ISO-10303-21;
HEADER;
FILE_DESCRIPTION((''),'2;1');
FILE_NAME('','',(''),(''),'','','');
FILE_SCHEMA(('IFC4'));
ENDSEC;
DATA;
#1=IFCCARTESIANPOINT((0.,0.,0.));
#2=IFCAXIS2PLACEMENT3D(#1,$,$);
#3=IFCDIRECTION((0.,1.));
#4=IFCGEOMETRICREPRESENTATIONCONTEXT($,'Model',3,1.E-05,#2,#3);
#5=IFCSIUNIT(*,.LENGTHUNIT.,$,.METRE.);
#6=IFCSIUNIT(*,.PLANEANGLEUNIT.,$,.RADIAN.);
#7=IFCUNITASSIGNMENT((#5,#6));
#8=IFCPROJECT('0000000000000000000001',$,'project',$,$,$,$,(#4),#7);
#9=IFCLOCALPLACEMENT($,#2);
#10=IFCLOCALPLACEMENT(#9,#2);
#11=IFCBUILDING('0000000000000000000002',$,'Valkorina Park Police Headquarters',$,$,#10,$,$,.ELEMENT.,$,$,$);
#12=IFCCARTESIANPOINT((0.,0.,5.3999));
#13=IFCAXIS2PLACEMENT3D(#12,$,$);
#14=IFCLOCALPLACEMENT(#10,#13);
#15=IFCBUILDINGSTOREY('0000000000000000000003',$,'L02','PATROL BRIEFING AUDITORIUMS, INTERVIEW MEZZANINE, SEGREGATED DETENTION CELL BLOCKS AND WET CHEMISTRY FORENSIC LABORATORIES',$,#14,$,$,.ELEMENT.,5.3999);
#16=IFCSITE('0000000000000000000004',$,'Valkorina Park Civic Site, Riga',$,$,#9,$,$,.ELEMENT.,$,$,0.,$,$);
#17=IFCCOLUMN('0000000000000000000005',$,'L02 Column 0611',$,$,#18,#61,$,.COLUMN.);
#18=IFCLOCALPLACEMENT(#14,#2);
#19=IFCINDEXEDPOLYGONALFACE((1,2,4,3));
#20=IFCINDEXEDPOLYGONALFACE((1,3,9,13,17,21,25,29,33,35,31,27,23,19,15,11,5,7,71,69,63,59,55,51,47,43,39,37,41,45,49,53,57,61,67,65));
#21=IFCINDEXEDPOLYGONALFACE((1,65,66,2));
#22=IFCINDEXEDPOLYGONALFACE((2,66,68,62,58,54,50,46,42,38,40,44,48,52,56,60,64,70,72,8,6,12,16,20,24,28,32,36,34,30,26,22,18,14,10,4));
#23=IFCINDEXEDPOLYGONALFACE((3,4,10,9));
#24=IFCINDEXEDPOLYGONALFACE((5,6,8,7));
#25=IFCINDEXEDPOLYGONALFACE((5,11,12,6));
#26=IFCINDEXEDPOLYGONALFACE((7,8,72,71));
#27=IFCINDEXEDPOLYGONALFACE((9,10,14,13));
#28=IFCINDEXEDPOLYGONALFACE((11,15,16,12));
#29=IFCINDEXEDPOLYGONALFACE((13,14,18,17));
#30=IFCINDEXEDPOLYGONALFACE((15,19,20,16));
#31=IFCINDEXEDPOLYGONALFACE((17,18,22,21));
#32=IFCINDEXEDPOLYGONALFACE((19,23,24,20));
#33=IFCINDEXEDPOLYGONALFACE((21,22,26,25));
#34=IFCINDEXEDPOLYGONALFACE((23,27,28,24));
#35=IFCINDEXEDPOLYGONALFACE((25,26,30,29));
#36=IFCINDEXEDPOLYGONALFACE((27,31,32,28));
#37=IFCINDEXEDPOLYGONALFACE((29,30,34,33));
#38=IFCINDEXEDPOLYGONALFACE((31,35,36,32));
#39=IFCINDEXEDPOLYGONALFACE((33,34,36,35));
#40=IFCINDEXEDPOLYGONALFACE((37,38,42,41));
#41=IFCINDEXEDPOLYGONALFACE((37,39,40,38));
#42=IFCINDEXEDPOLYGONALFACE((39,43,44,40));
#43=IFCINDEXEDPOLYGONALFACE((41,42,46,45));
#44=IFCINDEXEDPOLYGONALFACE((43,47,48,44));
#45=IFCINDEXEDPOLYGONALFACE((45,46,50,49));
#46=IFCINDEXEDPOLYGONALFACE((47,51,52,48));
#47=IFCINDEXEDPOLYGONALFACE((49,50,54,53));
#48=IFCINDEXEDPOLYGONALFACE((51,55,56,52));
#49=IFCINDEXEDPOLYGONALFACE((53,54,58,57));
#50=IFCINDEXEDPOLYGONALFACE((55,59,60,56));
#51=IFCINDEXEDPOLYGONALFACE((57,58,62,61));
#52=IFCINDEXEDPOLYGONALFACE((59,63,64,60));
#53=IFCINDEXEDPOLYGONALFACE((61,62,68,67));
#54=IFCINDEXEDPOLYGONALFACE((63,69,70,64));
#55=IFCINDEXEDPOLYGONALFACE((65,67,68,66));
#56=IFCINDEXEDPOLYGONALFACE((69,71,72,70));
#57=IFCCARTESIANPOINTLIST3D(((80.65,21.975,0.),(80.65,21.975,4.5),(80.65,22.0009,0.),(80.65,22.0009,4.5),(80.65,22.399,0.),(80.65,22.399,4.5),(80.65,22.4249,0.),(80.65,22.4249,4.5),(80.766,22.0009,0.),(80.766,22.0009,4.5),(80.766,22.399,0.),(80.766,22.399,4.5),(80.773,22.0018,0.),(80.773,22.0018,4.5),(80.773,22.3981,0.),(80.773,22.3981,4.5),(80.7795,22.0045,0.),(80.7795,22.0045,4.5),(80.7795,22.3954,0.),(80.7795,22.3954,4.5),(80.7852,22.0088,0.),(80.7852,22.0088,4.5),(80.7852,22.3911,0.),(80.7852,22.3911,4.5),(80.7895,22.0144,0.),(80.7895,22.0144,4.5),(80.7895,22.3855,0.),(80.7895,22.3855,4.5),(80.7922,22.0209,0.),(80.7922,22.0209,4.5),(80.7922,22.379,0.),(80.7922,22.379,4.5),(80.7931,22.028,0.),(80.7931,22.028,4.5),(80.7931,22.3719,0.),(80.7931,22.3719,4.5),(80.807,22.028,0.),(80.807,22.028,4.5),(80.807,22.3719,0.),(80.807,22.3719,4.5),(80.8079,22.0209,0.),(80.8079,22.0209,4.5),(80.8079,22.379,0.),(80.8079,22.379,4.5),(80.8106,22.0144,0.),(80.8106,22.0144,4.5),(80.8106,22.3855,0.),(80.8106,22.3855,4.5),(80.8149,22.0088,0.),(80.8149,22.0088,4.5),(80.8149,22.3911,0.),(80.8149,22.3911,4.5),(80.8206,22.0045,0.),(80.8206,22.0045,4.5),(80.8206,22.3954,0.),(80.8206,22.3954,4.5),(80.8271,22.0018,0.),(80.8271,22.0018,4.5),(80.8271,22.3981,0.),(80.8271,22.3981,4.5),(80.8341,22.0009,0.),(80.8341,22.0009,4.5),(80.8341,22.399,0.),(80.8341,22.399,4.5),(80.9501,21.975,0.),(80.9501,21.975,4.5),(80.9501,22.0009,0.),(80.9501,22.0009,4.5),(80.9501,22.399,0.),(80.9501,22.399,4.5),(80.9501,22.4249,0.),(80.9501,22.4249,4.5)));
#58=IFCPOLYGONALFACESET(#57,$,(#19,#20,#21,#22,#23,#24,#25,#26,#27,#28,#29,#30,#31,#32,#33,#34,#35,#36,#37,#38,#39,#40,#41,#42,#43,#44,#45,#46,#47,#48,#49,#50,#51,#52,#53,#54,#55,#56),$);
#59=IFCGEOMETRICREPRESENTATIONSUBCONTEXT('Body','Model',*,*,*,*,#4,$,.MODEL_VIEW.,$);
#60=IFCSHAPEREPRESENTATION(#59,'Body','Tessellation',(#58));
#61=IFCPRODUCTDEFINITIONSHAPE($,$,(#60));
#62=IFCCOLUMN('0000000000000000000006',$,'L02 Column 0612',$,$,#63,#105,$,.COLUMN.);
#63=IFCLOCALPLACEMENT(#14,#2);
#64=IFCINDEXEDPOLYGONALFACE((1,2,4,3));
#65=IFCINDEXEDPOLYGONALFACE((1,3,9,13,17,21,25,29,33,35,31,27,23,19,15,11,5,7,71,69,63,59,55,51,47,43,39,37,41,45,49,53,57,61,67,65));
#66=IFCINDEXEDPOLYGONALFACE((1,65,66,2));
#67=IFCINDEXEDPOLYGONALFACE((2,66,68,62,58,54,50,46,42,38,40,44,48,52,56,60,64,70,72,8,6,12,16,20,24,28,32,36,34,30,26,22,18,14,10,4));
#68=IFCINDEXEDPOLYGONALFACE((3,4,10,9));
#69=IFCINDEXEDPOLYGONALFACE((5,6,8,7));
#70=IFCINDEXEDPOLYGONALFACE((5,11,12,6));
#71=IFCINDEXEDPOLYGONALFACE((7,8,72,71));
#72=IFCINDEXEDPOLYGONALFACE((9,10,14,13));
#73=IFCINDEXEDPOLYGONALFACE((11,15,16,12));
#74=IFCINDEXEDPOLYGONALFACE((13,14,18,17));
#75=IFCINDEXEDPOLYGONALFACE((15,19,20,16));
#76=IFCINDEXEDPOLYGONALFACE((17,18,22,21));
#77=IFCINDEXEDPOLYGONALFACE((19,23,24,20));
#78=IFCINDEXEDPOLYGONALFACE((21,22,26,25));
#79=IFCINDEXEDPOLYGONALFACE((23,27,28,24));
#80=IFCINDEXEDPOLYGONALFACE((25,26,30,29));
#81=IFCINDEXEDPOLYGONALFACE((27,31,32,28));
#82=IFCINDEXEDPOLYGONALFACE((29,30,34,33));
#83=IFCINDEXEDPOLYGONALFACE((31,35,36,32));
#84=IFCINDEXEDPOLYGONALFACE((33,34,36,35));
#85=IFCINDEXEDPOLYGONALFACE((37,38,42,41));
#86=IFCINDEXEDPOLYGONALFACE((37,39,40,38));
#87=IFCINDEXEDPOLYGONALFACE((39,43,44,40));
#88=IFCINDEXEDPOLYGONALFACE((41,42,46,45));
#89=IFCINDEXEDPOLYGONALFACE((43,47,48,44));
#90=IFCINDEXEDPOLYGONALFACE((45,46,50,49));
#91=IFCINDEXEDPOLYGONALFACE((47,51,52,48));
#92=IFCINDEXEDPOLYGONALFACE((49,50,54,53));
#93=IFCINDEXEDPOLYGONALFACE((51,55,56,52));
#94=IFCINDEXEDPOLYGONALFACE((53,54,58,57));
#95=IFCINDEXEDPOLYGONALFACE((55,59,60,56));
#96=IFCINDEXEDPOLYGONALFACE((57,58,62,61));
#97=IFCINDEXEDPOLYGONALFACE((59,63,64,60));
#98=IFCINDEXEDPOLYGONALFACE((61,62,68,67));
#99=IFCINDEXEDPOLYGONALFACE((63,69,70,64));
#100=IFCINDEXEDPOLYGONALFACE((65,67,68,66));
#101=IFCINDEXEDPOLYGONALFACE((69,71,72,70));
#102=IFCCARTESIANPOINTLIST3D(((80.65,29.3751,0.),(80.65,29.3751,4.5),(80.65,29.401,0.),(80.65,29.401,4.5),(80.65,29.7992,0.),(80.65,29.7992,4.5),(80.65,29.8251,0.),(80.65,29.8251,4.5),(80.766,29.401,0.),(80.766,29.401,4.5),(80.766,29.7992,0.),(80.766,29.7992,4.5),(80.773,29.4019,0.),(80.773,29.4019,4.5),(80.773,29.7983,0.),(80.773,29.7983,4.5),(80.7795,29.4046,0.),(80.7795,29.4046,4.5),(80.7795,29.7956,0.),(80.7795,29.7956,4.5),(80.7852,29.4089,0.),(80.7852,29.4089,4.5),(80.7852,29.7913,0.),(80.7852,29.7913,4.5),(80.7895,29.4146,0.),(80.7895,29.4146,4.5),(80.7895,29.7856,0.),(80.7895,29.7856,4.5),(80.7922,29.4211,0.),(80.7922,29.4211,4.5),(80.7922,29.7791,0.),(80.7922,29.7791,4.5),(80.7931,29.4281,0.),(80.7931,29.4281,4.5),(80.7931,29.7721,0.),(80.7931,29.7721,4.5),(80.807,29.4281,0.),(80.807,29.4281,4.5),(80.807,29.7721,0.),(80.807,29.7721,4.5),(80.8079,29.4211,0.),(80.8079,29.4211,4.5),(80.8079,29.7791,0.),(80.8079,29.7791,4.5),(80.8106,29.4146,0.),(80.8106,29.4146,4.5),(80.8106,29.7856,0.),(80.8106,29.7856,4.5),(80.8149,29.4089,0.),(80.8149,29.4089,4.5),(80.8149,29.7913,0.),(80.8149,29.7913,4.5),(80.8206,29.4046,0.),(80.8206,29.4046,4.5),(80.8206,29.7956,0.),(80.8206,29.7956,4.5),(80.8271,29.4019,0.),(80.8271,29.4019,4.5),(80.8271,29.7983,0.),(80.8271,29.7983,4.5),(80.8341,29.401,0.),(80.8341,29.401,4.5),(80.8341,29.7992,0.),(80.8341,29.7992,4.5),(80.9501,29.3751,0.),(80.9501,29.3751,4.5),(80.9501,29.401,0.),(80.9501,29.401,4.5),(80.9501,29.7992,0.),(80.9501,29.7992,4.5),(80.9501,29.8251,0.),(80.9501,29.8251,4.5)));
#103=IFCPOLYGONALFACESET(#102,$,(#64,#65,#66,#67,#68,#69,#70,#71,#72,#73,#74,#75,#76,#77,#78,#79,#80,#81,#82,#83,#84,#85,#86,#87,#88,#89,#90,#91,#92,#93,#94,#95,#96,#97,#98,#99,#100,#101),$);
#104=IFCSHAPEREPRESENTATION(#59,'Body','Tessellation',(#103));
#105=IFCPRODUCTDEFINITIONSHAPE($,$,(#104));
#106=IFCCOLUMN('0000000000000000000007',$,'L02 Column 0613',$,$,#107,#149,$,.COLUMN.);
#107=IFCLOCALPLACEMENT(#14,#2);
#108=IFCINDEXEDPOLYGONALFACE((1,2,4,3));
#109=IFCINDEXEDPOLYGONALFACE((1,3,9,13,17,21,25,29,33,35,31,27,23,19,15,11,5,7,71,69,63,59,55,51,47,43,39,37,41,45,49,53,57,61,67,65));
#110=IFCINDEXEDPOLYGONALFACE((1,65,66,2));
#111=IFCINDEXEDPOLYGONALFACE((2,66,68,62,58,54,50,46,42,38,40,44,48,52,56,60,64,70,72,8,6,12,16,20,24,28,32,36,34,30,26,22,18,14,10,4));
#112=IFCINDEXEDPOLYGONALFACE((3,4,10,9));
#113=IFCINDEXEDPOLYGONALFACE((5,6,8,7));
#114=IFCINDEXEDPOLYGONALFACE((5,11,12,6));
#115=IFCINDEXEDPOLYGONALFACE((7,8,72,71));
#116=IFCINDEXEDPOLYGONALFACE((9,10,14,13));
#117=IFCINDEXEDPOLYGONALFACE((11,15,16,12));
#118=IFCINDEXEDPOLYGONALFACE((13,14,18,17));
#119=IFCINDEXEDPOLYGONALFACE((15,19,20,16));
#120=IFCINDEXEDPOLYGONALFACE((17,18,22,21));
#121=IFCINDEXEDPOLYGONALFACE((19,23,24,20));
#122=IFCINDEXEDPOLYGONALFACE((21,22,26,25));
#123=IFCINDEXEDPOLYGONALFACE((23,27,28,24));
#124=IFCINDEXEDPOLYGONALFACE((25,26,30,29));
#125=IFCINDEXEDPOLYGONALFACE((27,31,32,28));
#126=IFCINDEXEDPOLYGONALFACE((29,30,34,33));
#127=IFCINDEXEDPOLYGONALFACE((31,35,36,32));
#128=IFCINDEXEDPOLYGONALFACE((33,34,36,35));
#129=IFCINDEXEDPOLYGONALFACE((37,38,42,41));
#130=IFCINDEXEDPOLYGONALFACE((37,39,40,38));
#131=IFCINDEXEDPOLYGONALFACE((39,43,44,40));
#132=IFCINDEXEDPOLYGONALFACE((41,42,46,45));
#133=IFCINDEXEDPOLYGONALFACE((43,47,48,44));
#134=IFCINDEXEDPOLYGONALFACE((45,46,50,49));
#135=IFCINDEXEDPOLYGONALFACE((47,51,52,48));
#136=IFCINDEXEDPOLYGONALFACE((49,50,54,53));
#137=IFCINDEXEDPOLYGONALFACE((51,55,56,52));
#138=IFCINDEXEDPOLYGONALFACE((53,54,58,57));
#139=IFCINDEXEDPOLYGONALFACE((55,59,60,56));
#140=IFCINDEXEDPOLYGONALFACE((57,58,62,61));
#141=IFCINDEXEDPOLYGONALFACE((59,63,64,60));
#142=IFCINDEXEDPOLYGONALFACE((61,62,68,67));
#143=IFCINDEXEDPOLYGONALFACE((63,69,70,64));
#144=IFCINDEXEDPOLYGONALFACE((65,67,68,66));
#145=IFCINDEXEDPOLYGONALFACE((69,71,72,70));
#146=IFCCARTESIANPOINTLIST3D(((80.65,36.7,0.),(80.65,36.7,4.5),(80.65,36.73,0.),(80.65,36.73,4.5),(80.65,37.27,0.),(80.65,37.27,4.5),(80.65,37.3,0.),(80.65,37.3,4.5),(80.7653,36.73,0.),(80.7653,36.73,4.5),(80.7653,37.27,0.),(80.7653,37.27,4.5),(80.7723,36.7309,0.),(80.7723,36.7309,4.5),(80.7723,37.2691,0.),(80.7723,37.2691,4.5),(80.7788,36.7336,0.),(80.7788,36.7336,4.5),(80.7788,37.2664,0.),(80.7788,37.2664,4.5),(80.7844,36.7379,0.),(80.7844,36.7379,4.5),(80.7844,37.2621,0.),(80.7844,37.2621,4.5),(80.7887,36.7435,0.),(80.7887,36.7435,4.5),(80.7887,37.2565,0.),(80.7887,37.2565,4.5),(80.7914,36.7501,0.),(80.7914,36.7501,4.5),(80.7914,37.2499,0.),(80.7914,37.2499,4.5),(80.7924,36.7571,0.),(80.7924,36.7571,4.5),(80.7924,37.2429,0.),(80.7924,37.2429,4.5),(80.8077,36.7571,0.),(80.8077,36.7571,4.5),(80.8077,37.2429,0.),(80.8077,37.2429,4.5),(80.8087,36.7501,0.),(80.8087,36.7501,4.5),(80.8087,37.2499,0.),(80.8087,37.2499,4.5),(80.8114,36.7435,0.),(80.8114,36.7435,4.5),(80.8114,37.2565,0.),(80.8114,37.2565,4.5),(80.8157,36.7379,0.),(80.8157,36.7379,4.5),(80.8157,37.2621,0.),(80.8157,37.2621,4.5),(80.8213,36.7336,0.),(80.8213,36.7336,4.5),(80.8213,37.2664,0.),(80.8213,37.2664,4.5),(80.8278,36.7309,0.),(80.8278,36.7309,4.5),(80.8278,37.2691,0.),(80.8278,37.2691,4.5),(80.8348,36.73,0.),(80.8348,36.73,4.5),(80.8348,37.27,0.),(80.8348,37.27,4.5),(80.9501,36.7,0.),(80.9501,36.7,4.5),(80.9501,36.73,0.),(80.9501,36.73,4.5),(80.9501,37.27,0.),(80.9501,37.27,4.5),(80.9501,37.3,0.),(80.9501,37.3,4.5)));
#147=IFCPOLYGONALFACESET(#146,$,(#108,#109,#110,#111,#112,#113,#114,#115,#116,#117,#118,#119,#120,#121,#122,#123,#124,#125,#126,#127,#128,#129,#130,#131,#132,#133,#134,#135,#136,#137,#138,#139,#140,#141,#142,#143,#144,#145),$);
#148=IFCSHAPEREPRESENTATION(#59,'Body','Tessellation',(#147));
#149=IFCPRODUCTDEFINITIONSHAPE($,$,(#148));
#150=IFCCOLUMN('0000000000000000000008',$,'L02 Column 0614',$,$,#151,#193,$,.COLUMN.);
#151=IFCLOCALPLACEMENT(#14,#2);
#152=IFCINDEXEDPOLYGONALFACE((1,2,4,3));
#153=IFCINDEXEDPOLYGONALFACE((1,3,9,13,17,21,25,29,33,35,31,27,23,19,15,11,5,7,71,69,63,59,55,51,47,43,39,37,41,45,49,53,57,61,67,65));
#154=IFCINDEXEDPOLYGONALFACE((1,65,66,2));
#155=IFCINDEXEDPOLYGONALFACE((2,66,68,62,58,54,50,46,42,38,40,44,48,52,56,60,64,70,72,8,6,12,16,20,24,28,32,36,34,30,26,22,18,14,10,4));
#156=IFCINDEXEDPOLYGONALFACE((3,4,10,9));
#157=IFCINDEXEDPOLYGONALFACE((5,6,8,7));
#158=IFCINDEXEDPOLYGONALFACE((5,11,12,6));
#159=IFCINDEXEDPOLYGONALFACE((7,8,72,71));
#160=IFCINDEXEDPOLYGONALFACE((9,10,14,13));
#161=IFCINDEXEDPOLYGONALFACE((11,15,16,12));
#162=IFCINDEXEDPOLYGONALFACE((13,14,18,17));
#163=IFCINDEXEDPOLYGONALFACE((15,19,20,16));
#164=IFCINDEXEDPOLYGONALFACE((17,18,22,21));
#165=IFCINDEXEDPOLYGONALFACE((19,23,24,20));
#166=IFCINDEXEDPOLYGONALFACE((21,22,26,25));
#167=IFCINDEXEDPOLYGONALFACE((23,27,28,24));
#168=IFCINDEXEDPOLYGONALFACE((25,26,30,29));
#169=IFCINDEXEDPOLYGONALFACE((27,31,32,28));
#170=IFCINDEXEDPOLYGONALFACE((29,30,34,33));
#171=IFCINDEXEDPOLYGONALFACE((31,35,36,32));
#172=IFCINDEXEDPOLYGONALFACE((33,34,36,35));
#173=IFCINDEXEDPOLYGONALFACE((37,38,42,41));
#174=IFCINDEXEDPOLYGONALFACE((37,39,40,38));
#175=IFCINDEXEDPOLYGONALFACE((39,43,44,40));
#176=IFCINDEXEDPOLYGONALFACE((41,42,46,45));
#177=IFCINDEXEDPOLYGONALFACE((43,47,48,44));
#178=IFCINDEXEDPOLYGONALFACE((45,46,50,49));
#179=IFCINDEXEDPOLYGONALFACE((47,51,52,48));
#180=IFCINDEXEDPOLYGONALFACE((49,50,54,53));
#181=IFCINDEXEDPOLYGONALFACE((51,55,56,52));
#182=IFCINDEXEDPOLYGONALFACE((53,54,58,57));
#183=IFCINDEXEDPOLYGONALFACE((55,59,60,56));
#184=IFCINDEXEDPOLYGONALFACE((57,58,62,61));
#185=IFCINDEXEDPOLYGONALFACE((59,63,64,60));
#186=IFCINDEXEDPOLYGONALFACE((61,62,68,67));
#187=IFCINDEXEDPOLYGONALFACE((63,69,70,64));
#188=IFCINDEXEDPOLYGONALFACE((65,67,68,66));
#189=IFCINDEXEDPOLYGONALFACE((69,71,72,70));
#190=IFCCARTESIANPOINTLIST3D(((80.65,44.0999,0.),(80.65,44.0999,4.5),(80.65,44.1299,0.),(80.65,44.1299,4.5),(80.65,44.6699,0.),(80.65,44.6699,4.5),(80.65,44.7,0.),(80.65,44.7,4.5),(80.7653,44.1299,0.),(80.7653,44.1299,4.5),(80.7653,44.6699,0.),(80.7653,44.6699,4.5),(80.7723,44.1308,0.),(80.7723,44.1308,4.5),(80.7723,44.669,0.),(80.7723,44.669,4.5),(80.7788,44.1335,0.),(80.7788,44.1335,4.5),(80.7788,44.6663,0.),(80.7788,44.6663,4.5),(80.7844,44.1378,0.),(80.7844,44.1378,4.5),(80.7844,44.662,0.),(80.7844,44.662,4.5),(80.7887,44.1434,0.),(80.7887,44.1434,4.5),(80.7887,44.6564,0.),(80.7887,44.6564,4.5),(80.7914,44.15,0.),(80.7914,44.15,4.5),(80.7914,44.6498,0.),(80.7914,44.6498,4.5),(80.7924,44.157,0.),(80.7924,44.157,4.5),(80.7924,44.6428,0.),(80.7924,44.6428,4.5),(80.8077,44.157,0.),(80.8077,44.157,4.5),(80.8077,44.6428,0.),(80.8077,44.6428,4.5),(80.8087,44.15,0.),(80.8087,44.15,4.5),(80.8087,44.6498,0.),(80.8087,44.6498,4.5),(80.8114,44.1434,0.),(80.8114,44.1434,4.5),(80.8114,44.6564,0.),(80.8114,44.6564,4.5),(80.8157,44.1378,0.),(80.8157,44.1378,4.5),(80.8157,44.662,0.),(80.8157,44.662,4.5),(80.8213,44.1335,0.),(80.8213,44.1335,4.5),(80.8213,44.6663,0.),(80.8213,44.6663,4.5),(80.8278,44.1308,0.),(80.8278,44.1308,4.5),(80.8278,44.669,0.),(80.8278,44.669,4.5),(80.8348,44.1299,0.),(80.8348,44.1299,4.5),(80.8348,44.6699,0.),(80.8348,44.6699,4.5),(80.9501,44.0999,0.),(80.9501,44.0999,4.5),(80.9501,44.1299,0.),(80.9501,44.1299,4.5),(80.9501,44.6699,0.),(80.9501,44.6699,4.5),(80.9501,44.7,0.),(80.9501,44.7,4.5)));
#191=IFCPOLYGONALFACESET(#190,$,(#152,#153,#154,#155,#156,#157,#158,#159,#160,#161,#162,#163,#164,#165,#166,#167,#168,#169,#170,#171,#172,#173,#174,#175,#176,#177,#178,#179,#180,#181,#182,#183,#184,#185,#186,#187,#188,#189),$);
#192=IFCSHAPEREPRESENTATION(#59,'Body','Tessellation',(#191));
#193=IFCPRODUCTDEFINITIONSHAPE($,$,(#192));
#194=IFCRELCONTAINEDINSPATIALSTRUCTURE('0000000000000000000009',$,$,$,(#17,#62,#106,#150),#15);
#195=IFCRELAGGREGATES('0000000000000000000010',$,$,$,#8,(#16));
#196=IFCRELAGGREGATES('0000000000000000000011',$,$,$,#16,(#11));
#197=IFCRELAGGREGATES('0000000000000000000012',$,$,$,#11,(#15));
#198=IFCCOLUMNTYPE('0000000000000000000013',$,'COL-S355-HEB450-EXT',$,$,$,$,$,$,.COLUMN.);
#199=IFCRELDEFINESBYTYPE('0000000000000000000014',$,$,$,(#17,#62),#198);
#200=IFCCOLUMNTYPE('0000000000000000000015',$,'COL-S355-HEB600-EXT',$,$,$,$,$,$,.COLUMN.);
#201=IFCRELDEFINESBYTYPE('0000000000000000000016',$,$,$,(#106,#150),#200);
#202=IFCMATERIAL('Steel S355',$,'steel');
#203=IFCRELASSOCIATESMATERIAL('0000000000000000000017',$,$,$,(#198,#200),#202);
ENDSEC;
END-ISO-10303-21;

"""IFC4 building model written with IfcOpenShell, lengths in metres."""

from ifc_helpers import new_model, si_unit, direction, frame, origin, origin_2d, place, context, subcontext, project, spatial, i_section, extrude, material, material_profile, profile_set, type_object, element, save


model = new_model("IFC4")

# Units and contexts
model_context = context("Model", 3, precision=1e-05, world=origin(), true_north=direction((0.0, 1.0)))
body_context = subcontext(model_context, "Body", "Model", "MODEL_VIEW")
ifc_project = project(units=[si_unit("LENGTHUNIT", "METRE"), si_unit("PLANEANGLEUNIT", "RADIAN")], contexts=[model_context])

# Site, building, storey
site_placement = place(None, origin())
site = spatial("IfcSite", under=ifc_project, at=site_placement, Name="Valkorina Park Civic Site, Riga", CompositionType="ELEMENT", RefElevation=0.0)
building_placement = place(site_placement, origin())
building = spatial("IfcBuilding", under=site, at=building_placement, Name="Valkorina Park Police Headquarters", CompositionType="ELEMENT")
storey_placement = place(building_placement, frame((0.0, 0.0, 5.3999)))
storey = spatial("IfcBuildingStorey", under=building, at=storey_placement, Name="L02", Description="PATROL BRIEFING AUDITORIUMS, INTERVIEW MEZZANINE, SEGREGATED DETENTION CELL BLOCKS AND WET CHEMISTRY FORENSIC LABORATORIES", CompositionType="ELEMENT", Elevation=5.3999)

# Columns
ifc_material_1 = material(Name="Steel S355", Category="steel")
ifc_material_profile_1 = material_profile(ifc_material_1, i_section(OverallWidth=0.3, OverallDepth=0.45, WebThickness=0.0139, FlangeThickness=0.0259, FilletRadius=0.0271, at=origin_2d()), Name="HEB 450")
ifc_profile_set_1 = profile_set([ifc_material_profile_1], Name="Steel S355")
column_type_1 = type_object("IfcColumnType", Name="COL-S355-HEB450-EXT", PredefinedType="COLUMN", material=ifc_profile_set_1)
for number, where, z_axis, x_axis, name in (
    (1, (80.8, 22.2, 0.0), (0.0, 0.0, 1.0), (1.0, 0.0, 0.0), "L02 Column 0611"),
    (2, (80.8, 29.6001, 0.0), (0.0, 0.0, 1.0), (1.0, 0.0, 0.0), "L02 Column 0612"),
):
    element("IfcColumn", number, at=place(storey_placement, frame(where, z_axis=z_axis, x_axis=x_axis)), inside=storey, type_object=column_type_1, Name=name, PredefinedType="COLUMN", context=body_context, shape_type="SweptSolid", body=[
        extrude(i_section(OverallWidth=0.3, OverallDepth=0.45, WebThickness=0.0139, FlangeThickness=0.0259, FilletRadius=0.0271, at=origin_2d()), origin(), (0.0, 0.0, 1.0), 4.5),
    ])
ifc_material_profile_2 = material_profile(ifc_material_1, i_section(OverallWidth=0.3, OverallDepth=0.6001, WebThickness=0.0154, FlangeThickness=0.03, FilletRadius=0.0271, at=origin_2d()), Name="HEB 600")
ifc_profile_set_2 = profile_set([ifc_material_profile_2], Name="Steel S355")
column_type_2 = type_object("IfcColumnType", Name="COL-S355-HEB600-EXT", PredefinedType="COLUMN", material=ifc_profile_set_2)
for number, where, z_axis, x_axis, name in (
    (3, (80.8, 37.0, 0.0), (0.0, 0.0, 1.0), (1.0, 0.0, 0.0), "L02 Column 0613"),
    (4, (80.8, 44.3999, 0.0), (0.0, 0.0, 1.0), (1.0, 0.0, 0.0), "L02 Column 0614"),
):
    element("IfcColumn", number, at=place(storey_placement, frame(where, z_axis=z_axis, x_axis=x_axis)), inside=storey, type_object=column_type_2, Name=name, PredefinedType="COLUMN", context=body_context, shape_type="SweptSolid", body=[
        extrude(i_section(OverallWidth=0.3, OverallDepth=0.6001, WebThickness=0.0154, FlangeThickness=0.03, FilletRadius=0.0271, at=origin_2d()), origin(), (0.0, 0.0, 1.0), 4.5),
    ])

save(model, "model.ifc")
